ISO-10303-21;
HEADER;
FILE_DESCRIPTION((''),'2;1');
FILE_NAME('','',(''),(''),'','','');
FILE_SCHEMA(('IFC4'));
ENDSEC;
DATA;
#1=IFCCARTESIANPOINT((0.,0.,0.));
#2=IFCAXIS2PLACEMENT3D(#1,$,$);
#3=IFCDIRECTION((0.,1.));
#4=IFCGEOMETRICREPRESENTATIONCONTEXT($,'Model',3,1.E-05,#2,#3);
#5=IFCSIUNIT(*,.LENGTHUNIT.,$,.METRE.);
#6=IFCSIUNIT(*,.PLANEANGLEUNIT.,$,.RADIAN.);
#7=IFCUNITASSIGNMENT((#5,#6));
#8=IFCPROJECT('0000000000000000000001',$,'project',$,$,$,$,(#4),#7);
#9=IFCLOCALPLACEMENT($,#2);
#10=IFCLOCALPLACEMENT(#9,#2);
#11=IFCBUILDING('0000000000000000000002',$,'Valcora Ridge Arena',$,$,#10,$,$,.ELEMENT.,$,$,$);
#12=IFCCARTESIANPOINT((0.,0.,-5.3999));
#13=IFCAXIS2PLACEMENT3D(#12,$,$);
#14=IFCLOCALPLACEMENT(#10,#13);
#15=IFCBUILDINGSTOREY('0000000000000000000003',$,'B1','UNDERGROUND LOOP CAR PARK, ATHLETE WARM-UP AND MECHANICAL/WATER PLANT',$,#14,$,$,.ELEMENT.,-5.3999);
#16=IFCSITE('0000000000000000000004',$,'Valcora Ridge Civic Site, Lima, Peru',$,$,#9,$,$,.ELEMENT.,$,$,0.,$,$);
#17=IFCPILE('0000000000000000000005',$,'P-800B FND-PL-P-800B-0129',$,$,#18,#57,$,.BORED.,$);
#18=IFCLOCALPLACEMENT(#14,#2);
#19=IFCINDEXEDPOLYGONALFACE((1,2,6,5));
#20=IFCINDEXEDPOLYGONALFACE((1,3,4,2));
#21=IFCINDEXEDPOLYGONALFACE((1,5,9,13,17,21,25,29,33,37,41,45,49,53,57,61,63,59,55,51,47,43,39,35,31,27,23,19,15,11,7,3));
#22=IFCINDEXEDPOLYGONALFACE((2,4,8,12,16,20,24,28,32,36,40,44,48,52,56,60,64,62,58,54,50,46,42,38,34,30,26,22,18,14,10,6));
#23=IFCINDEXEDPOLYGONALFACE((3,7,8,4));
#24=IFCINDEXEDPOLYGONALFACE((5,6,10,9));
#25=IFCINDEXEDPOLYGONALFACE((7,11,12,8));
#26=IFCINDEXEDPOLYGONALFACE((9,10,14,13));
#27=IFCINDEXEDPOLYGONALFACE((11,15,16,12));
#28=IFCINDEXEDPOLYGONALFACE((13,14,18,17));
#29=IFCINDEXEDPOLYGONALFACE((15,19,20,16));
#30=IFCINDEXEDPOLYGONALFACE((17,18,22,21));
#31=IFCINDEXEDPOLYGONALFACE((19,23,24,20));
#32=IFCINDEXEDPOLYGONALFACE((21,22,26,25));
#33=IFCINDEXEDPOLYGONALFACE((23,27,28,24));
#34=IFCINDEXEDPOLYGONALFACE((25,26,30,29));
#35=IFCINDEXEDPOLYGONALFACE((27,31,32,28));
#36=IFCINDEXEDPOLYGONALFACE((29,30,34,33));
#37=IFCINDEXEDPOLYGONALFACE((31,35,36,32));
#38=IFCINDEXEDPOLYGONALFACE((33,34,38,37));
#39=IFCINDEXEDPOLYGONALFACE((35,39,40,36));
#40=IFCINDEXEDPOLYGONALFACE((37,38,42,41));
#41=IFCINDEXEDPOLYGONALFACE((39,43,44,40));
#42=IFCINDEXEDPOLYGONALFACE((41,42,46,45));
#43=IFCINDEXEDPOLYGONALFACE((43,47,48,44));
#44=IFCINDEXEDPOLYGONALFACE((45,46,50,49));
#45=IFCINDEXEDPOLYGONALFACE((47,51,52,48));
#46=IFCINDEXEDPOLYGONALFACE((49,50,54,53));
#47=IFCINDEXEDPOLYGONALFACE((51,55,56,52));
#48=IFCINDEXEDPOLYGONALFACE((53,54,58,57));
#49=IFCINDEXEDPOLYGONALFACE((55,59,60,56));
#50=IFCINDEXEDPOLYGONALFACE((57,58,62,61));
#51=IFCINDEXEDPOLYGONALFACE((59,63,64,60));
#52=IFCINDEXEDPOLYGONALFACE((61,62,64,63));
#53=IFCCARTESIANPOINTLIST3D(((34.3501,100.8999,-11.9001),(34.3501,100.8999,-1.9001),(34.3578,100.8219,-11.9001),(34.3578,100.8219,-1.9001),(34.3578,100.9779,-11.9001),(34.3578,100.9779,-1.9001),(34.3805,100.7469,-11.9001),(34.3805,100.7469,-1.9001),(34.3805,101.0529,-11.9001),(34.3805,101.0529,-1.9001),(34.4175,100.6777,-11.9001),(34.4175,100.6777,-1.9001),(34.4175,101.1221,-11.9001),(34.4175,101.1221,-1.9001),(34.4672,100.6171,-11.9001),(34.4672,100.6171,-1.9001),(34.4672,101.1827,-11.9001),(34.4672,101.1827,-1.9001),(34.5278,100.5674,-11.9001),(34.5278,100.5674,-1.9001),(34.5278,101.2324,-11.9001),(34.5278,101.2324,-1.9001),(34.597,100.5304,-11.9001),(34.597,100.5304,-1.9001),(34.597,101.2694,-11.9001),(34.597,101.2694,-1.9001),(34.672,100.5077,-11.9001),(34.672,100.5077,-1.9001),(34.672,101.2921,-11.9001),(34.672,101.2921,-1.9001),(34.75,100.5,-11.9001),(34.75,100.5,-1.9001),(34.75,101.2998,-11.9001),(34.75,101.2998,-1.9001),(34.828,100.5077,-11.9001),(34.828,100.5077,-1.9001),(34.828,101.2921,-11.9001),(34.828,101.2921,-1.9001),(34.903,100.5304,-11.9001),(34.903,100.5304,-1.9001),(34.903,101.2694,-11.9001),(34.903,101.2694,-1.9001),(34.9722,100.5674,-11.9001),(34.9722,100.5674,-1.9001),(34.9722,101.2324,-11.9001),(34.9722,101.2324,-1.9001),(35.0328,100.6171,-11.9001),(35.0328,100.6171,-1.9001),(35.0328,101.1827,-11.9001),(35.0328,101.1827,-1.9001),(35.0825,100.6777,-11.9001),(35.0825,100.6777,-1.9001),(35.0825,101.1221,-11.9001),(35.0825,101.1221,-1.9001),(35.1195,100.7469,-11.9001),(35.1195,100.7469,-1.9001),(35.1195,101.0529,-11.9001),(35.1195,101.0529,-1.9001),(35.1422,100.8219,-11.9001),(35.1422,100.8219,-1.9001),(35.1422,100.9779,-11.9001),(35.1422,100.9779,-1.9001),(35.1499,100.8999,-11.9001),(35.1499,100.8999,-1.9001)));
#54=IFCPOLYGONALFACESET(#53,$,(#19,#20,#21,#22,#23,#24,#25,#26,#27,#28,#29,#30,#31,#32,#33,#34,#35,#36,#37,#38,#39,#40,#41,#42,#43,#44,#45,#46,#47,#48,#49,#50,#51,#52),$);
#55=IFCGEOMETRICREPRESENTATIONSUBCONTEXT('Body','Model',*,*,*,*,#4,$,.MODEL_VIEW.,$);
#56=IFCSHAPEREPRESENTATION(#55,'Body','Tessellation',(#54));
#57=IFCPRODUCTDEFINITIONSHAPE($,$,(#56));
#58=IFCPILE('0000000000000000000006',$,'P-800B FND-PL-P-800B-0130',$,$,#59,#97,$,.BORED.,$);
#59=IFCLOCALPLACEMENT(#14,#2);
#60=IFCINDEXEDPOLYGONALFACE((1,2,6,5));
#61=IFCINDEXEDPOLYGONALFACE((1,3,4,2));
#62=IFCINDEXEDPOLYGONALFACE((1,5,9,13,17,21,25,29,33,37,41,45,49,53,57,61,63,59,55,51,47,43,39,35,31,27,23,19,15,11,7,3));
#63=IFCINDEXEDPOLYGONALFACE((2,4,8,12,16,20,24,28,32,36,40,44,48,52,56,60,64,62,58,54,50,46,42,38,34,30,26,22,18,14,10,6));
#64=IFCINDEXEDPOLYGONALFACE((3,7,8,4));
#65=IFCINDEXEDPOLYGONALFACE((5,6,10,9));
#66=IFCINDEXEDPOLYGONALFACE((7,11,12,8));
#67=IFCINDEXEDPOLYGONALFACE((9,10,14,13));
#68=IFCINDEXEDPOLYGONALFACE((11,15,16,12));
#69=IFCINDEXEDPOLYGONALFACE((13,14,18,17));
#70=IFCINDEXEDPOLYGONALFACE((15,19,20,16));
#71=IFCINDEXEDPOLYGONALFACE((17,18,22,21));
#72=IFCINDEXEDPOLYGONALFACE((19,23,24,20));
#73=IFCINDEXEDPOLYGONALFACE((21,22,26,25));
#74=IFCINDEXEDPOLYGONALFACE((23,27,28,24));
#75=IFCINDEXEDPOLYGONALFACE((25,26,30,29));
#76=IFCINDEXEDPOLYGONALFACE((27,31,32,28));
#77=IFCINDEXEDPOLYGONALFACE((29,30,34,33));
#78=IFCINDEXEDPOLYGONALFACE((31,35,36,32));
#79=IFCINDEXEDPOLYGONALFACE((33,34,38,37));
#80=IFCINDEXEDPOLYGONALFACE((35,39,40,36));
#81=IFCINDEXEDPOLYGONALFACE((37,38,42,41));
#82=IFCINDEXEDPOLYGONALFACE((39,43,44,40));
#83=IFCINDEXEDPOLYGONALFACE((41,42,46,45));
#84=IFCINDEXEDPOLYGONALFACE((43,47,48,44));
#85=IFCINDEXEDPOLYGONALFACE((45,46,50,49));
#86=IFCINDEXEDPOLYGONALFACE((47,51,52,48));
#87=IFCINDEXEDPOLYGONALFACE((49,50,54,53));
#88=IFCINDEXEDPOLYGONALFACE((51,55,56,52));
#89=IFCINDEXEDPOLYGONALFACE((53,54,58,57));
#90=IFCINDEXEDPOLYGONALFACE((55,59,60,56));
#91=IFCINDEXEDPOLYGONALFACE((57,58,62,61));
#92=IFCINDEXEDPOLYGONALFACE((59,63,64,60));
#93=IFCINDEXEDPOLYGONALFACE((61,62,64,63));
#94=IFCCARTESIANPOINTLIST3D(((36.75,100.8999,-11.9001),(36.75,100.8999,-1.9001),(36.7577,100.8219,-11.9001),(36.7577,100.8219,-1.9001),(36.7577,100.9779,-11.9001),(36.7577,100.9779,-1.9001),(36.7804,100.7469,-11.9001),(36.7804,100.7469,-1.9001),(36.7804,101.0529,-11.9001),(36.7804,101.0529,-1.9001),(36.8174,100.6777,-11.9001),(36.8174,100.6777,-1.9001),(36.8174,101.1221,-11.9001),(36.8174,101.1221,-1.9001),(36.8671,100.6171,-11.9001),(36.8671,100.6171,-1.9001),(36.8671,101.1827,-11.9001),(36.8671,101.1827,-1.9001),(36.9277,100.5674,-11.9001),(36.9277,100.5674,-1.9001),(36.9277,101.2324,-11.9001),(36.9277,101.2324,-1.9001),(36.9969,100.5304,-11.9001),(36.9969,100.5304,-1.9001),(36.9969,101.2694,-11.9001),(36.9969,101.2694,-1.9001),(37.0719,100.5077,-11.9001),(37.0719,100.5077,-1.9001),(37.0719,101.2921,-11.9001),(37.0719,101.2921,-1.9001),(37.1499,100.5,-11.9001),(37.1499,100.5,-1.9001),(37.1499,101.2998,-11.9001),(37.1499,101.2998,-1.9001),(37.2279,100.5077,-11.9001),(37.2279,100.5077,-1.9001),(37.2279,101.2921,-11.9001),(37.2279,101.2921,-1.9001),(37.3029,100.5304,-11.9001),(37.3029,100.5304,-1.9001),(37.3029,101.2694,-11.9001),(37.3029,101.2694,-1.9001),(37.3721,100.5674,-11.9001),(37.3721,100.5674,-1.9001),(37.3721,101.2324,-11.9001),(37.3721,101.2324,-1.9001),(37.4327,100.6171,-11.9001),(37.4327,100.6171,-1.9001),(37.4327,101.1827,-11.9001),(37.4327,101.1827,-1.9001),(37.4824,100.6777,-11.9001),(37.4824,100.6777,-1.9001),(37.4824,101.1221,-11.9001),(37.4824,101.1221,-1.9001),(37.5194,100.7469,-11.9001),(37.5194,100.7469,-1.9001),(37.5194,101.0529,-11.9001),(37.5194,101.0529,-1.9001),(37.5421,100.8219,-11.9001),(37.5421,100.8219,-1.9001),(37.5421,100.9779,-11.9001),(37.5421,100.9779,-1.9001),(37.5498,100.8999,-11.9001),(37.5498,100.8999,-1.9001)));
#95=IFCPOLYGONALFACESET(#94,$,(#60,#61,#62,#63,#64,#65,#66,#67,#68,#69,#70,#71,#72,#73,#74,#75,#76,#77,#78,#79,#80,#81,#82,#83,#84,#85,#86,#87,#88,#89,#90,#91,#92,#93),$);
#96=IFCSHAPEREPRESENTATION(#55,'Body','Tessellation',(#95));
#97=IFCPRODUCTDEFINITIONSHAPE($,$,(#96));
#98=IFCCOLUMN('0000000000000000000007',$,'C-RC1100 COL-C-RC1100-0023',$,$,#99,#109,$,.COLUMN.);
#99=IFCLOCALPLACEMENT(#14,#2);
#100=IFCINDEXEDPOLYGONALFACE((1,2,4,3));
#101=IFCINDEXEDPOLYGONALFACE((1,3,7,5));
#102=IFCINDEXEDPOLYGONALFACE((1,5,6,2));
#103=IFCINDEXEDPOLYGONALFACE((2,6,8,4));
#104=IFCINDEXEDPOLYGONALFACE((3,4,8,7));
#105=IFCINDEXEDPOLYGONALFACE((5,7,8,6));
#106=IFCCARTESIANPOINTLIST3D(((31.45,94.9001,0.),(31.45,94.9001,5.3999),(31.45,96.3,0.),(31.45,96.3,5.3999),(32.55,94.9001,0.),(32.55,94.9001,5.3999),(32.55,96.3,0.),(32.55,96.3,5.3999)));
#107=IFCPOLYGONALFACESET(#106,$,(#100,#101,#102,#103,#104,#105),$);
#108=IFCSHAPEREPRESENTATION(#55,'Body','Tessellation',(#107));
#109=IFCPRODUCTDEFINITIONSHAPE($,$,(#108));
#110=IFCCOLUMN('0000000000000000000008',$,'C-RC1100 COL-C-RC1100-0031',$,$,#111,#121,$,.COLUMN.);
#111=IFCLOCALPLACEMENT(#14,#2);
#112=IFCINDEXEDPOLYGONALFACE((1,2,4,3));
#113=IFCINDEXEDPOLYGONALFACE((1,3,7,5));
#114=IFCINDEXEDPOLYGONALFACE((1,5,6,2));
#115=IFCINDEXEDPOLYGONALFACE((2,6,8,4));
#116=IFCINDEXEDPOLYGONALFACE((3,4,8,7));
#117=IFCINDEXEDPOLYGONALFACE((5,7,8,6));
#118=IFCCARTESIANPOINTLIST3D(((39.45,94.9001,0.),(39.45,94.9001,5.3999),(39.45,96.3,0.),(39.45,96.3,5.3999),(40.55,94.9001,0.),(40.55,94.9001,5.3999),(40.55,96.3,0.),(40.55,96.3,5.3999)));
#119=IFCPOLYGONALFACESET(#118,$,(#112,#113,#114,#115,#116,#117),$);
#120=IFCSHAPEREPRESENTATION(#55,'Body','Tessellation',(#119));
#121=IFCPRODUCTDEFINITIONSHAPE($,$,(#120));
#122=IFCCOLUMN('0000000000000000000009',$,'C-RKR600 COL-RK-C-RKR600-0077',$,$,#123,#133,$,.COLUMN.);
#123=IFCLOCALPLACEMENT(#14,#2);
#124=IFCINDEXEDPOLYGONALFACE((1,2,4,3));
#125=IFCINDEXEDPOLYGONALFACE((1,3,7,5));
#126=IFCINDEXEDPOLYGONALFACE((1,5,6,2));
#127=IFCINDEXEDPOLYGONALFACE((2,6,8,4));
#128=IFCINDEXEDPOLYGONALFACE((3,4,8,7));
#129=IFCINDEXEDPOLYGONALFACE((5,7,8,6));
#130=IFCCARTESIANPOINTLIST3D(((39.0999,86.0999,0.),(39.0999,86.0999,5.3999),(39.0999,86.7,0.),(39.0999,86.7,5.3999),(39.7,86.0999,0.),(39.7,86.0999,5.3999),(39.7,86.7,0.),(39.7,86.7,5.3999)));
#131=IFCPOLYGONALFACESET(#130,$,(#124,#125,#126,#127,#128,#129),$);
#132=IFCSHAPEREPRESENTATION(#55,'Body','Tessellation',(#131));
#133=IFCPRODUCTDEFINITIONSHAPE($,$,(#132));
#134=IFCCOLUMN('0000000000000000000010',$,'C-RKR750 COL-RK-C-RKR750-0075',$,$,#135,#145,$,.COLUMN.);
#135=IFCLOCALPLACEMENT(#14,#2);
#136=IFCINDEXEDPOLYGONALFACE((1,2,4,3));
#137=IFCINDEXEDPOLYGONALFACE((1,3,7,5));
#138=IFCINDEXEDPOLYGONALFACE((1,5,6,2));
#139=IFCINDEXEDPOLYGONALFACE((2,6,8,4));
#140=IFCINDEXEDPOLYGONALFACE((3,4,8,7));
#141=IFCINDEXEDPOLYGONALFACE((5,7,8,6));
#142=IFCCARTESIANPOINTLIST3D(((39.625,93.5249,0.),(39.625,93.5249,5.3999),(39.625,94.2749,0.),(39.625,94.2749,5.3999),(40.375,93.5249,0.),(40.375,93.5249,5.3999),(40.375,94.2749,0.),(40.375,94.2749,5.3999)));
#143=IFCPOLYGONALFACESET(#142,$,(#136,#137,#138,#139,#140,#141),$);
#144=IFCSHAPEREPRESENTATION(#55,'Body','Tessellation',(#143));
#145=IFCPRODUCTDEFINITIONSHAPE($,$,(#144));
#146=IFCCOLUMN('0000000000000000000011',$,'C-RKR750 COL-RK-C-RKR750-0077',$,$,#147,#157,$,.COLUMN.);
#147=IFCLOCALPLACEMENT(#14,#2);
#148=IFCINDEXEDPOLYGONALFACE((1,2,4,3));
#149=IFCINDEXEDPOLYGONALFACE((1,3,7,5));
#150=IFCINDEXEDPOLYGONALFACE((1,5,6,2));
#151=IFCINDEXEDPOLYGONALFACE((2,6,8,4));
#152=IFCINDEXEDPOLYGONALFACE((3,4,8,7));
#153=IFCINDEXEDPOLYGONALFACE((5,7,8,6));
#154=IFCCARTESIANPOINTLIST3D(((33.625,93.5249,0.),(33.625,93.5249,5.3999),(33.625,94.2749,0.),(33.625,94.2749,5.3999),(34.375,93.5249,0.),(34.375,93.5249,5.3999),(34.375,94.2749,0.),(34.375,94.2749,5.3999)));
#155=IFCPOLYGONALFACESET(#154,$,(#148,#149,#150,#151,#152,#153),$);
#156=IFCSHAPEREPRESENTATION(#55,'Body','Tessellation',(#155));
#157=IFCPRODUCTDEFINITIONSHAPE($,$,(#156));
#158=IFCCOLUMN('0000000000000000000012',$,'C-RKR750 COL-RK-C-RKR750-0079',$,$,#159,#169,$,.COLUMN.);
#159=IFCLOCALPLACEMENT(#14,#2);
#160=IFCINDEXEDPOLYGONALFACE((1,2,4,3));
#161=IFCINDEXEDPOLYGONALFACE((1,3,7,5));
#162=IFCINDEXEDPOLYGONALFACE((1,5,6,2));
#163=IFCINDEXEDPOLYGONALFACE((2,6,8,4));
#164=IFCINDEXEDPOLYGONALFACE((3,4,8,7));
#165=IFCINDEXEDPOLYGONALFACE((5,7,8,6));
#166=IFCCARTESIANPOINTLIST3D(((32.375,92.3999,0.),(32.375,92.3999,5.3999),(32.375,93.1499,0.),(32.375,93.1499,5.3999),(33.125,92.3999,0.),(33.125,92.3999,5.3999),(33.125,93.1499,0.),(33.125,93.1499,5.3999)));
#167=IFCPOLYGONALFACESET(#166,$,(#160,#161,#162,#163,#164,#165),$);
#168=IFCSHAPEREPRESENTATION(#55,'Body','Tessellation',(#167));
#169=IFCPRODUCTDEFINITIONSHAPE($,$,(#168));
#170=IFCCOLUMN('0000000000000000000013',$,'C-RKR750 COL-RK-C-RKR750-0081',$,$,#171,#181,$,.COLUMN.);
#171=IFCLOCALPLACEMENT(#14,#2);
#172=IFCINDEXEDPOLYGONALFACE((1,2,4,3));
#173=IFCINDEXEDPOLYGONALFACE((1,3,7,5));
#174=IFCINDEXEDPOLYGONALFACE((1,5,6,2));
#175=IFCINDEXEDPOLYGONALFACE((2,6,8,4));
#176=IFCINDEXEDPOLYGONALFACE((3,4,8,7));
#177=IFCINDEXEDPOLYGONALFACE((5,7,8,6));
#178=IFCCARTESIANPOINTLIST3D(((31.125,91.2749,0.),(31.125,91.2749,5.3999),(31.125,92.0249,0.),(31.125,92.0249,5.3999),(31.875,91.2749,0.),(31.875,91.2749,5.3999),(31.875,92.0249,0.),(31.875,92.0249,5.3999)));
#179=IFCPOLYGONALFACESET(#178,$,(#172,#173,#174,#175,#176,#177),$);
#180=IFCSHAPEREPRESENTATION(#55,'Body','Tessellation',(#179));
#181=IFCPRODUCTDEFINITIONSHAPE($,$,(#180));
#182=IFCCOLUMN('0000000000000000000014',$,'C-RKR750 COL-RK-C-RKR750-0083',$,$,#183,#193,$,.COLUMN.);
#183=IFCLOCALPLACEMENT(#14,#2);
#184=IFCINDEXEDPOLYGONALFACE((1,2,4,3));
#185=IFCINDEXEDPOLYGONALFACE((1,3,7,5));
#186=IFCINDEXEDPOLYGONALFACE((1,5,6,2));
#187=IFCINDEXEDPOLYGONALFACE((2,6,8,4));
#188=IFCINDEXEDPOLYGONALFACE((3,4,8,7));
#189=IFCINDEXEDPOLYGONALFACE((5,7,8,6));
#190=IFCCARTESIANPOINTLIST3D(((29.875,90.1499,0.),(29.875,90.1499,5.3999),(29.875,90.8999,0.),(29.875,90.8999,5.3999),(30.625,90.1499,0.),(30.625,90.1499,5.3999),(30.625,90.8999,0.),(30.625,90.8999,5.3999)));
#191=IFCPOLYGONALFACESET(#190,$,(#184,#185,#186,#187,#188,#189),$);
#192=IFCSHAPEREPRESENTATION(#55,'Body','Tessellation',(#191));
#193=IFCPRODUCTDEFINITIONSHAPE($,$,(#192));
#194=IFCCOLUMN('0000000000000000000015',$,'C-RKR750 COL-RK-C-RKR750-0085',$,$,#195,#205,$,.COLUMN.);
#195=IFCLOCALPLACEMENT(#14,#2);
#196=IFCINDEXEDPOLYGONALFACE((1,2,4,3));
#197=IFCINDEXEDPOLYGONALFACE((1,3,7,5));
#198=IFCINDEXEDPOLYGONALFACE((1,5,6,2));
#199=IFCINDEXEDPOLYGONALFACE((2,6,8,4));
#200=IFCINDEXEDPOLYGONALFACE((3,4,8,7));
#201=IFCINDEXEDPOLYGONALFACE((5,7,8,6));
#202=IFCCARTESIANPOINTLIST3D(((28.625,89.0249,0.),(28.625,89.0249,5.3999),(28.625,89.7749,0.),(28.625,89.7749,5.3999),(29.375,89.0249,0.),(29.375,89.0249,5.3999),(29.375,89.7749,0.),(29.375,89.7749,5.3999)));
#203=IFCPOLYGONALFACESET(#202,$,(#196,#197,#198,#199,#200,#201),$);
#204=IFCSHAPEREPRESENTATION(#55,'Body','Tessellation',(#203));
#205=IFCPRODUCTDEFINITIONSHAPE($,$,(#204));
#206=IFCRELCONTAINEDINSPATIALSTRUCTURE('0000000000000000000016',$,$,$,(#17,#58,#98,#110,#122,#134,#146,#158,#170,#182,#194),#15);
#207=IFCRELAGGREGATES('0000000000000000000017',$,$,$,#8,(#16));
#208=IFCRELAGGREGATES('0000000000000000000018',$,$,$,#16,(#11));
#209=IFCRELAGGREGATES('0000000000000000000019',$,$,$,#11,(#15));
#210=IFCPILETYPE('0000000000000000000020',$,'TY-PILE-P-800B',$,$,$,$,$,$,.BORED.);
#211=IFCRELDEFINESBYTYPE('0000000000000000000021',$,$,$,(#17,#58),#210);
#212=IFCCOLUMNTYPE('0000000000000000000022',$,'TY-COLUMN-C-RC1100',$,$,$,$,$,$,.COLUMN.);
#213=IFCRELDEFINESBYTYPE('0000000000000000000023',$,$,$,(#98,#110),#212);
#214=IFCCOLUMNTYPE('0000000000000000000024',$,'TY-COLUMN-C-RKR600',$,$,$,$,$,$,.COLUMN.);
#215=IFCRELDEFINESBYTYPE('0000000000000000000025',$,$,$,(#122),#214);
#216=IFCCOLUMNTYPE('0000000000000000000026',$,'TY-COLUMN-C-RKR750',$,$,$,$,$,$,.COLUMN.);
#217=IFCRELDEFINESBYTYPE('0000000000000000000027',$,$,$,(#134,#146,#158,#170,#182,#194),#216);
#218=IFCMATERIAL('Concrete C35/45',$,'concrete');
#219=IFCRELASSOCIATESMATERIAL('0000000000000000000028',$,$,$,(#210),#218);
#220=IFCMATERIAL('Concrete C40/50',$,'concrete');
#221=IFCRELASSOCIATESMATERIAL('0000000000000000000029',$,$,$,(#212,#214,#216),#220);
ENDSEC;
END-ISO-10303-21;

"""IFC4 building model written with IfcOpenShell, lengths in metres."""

from ifc_helpers import new_model, si_unit, direction, frame, origin, origin_2d, place, context, subcontext, project, spatial, rectangle, circle, extrude, material, material_profile, profile_set, type_object, element, save


model = new_model("IFC4")

# Units and contexts
model_context = context("Model", 3, precision=1e-05, world=origin(), true_north=direction((0.0, 1.0)))
body_context = subcontext(model_context, "Body", "Model", "MODEL_VIEW")
ifc_project = project(units=[si_unit("LENGTHUNIT", "METRE"), si_unit("PLANEANGLEUNIT", "RADIAN")], contexts=[model_context])

# Site, building, storey
site_placement = place(None, origin())
site = spatial("IfcSite", under=ifc_project, at=site_placement, Name="Valcora Ridge Civic Site, Lima, Peru", CompositionType="ELEMENT", RefElevation=0.0)
building_placement = place(site_placement, origin())
building = spatial("IfcBuilding", under=site, at=building_placement, Name="Valcora Ridge Arena", CompositionType="ELEMENT")
storey_placement = place(building_placement, frame((0.0, 0.0, -5.3999)))
storey = spatial("IfcBuildingStorey", under=building, at=storey_placement, Name="B1", Description="UNDERGROUND LOOP CAR PARK, ATHLETE WARM-UP AND MECHANICAL/WATER PLANT", CompositionType="ELEMENT", Elevation=-5.3999)

# Shared definitions
ifc_material_1 = material(Name="Concrete C40/50", Category="concrete")

# Piles
ifc_material_2 = material(Name="Concrete C35/45", Category="concrete")
ifc_material_profile_1 = material_profile(ifc_material_2, circle(Radius=0.3999, at=origin_2d()), Name="BORED PILE D800")
ifc_profile_set_1 = profile_set([ifc_material_profile_1], Name="Concrete C35/45")
pile_type_1 = type_object("IfcPileType", Name="TY-PILE-P-800B", PredefinedType="BORED", material=ifc_profile_set_1)
for number, where, z_axis, x_axis, name in (
    (1, (34.75, 100.8999, -1.9001), (0.0, 0.0, -1.0), (1.0, 0.0, 0.0), "P-800B FND-PL-P-800B-0129"),
    (2, (37.1499, 100.8999, -1.9001), (0.0, 0.0, -1.0), (1.0, 0.0, 0.0), "P-800B FND-PL-P-800B-0130"),
):
    element("IfcPile", number, at=place(storey_placement, frame(where, z_axis=z_axis, x_axis=x_axis)), inside=storey, type_object=pile_type_1, Name=name, PredefinedType="BORED", context=body_context, shape_type="SweptSolid", body=[
        extrude(circle(Radius=0.3999, at=origin_2d()), origin(), (0.0, 0.0, 1.0), 10.0),
    ])

# Columns
ifc_material_profile_2 = material_profile(ifc_material_1, rectangle(XDim=1.1001, YDim=1.3999, at=origin_2d()), Name="RC 1100x1400")
ifc_profile_set_2 = profile_set([ifc_material_profile_2], Name="Concrete C40/50")
column_type_1 = type_object("IfcColumnType", Name="TY-COLUMN-C-RC1100", PredefinedType="COLUMN", material=ifc_profile_set_2)
for number, where, z_axis, x_axis, name in (
    (3, (32.0, 95.6001, 0.0), (0.0, 0.0, 1.0), (1.0, 0.0, 0.0), "C-RC1100 COL-C-RC1100-0023"),
    (4, (40.0, 95.6001, 0.0), (0.0, 0.0, 1.0), (1.0, 0.0, 0.0), "C-RC1100 COL-C-RC1100-0031"),
):
    element("IfcColumn", number, at=place(storey_placement, frame(where, z_axis=z_axis, x_axis=x_axis)), inside=storey, type_object=column_type_1, Name=name, PredefinedType="COLUMN", context=body_context, shape_type="SweptSolid", body=[
        extrude(rectangle(XDim=1.1001, YDim=1.3999, at=origin_2d()), origin(), (0.0, 0.0, 1.0), 5.3999),
    ])
ifc_material_profile_3 = material_profile(ifc_material_1, rectangle(XDim=0.6001, YDim=0.6001, at=origin_2d()), Name="RC 600x600")
ifc_profile_set_3 = profile_set([ifc_material_profile_3], Name="Concrete C40/50")
column_type_2 = type_object("IfcColumnType", Name="TY-COLUMN-C-RKR600", PredefinedType="COLUMN", material=ifc_profile_set_3)
column_placement = place(storey_placement, frame((39.3999, 86.3999, 0.0), z_axis=(0.0, 0.0, 1.0), x_axis=(1.0, 0.0, 0.0)))
element("IfcColumn", 5, at=column_placement, inside=storey, type_object=column_type_2, Name="C-RKR600 COL-RK-C-RKR600-0077", PredefinedType="COLUMN", context=body_context, shape_type="SweptSolid", body=[
    extrude(rectangle(XDim=0.6001, YDim=0.6001, at=origin_2d()), origin(), (0.0, 0.0, 1.0), 5.3999),
])
ifc_material_profile_4 = material_profile(ifc_material_1, rectangle(XDim=0.75, YDim=0.75, at=origin_2d()), Name="RC 750x750")
ifc_profile_set_4 = profile_set([ifc_material_profile_4], Name="Concrete C40/50")
column_type_3 = type_object("IfcColumnType", Name="TY-COLUMN-C-RKR750", PredefinedType="COLUMN", material=ifc_profile_set_4)
for number, where, z_axis, x_axis, name in (
    (6, (40.0, 93.8999, 0.0), (0.0, 0.0, 1.0), (1.0, 0.0, 0.0), "C-RKR750 COL-RK-C-RKR750-0075"),
    (7, (34.0, 93.8999, 0.0), (0.0, 0.0, 1.0), (1.0, 0.0, 0.0), "C-RKR750 COL-RK-C-RKR750-0077"),
    (8, (32.75, 92.7749, 0.0), (0.0, 0.0, 1.0), (1.0, 0.0, 0.0), "C-RKR750 COL-RK-C-RKR750-0079"),
    (9, (31.5, 91.6499, 0.0), (0.0, 0.0, 1.0), (1.0, 0.0, 0.0), "C-RKR750 COL-RK-C-RKR750-0081"),
    (10, (30.25, 90.5249, 0.0), (0.0, 0.0, 1.0), (1.0, 0.0, 0.0), "C-RKR750 COL-RK-C-RKR750-0083"),
    (11, (29.0, 89.3999, 0.0), (0.0, 0.0, 1.0), (1.0, 0.0, 0.0), "C-RKR750 COL-RK-C-RKR750-0085"),
):
    element("IfcColumn", number, at=place(storey_placement, frame(where, z_axis=z_axis, x_axis=x_axis)), inside=storey, type_object=column_type_3, Name=name, PredefinedType="COLUMN", context=body_context, shape_type="SweptSolid", body=[
        extrude(rectangle(XDim=0.75, YDim=0.75, at=origin_2d()), origin(), (0.0, 0.0, 1.0), 5.3999),
    ])

save(model, "model.ifc")
